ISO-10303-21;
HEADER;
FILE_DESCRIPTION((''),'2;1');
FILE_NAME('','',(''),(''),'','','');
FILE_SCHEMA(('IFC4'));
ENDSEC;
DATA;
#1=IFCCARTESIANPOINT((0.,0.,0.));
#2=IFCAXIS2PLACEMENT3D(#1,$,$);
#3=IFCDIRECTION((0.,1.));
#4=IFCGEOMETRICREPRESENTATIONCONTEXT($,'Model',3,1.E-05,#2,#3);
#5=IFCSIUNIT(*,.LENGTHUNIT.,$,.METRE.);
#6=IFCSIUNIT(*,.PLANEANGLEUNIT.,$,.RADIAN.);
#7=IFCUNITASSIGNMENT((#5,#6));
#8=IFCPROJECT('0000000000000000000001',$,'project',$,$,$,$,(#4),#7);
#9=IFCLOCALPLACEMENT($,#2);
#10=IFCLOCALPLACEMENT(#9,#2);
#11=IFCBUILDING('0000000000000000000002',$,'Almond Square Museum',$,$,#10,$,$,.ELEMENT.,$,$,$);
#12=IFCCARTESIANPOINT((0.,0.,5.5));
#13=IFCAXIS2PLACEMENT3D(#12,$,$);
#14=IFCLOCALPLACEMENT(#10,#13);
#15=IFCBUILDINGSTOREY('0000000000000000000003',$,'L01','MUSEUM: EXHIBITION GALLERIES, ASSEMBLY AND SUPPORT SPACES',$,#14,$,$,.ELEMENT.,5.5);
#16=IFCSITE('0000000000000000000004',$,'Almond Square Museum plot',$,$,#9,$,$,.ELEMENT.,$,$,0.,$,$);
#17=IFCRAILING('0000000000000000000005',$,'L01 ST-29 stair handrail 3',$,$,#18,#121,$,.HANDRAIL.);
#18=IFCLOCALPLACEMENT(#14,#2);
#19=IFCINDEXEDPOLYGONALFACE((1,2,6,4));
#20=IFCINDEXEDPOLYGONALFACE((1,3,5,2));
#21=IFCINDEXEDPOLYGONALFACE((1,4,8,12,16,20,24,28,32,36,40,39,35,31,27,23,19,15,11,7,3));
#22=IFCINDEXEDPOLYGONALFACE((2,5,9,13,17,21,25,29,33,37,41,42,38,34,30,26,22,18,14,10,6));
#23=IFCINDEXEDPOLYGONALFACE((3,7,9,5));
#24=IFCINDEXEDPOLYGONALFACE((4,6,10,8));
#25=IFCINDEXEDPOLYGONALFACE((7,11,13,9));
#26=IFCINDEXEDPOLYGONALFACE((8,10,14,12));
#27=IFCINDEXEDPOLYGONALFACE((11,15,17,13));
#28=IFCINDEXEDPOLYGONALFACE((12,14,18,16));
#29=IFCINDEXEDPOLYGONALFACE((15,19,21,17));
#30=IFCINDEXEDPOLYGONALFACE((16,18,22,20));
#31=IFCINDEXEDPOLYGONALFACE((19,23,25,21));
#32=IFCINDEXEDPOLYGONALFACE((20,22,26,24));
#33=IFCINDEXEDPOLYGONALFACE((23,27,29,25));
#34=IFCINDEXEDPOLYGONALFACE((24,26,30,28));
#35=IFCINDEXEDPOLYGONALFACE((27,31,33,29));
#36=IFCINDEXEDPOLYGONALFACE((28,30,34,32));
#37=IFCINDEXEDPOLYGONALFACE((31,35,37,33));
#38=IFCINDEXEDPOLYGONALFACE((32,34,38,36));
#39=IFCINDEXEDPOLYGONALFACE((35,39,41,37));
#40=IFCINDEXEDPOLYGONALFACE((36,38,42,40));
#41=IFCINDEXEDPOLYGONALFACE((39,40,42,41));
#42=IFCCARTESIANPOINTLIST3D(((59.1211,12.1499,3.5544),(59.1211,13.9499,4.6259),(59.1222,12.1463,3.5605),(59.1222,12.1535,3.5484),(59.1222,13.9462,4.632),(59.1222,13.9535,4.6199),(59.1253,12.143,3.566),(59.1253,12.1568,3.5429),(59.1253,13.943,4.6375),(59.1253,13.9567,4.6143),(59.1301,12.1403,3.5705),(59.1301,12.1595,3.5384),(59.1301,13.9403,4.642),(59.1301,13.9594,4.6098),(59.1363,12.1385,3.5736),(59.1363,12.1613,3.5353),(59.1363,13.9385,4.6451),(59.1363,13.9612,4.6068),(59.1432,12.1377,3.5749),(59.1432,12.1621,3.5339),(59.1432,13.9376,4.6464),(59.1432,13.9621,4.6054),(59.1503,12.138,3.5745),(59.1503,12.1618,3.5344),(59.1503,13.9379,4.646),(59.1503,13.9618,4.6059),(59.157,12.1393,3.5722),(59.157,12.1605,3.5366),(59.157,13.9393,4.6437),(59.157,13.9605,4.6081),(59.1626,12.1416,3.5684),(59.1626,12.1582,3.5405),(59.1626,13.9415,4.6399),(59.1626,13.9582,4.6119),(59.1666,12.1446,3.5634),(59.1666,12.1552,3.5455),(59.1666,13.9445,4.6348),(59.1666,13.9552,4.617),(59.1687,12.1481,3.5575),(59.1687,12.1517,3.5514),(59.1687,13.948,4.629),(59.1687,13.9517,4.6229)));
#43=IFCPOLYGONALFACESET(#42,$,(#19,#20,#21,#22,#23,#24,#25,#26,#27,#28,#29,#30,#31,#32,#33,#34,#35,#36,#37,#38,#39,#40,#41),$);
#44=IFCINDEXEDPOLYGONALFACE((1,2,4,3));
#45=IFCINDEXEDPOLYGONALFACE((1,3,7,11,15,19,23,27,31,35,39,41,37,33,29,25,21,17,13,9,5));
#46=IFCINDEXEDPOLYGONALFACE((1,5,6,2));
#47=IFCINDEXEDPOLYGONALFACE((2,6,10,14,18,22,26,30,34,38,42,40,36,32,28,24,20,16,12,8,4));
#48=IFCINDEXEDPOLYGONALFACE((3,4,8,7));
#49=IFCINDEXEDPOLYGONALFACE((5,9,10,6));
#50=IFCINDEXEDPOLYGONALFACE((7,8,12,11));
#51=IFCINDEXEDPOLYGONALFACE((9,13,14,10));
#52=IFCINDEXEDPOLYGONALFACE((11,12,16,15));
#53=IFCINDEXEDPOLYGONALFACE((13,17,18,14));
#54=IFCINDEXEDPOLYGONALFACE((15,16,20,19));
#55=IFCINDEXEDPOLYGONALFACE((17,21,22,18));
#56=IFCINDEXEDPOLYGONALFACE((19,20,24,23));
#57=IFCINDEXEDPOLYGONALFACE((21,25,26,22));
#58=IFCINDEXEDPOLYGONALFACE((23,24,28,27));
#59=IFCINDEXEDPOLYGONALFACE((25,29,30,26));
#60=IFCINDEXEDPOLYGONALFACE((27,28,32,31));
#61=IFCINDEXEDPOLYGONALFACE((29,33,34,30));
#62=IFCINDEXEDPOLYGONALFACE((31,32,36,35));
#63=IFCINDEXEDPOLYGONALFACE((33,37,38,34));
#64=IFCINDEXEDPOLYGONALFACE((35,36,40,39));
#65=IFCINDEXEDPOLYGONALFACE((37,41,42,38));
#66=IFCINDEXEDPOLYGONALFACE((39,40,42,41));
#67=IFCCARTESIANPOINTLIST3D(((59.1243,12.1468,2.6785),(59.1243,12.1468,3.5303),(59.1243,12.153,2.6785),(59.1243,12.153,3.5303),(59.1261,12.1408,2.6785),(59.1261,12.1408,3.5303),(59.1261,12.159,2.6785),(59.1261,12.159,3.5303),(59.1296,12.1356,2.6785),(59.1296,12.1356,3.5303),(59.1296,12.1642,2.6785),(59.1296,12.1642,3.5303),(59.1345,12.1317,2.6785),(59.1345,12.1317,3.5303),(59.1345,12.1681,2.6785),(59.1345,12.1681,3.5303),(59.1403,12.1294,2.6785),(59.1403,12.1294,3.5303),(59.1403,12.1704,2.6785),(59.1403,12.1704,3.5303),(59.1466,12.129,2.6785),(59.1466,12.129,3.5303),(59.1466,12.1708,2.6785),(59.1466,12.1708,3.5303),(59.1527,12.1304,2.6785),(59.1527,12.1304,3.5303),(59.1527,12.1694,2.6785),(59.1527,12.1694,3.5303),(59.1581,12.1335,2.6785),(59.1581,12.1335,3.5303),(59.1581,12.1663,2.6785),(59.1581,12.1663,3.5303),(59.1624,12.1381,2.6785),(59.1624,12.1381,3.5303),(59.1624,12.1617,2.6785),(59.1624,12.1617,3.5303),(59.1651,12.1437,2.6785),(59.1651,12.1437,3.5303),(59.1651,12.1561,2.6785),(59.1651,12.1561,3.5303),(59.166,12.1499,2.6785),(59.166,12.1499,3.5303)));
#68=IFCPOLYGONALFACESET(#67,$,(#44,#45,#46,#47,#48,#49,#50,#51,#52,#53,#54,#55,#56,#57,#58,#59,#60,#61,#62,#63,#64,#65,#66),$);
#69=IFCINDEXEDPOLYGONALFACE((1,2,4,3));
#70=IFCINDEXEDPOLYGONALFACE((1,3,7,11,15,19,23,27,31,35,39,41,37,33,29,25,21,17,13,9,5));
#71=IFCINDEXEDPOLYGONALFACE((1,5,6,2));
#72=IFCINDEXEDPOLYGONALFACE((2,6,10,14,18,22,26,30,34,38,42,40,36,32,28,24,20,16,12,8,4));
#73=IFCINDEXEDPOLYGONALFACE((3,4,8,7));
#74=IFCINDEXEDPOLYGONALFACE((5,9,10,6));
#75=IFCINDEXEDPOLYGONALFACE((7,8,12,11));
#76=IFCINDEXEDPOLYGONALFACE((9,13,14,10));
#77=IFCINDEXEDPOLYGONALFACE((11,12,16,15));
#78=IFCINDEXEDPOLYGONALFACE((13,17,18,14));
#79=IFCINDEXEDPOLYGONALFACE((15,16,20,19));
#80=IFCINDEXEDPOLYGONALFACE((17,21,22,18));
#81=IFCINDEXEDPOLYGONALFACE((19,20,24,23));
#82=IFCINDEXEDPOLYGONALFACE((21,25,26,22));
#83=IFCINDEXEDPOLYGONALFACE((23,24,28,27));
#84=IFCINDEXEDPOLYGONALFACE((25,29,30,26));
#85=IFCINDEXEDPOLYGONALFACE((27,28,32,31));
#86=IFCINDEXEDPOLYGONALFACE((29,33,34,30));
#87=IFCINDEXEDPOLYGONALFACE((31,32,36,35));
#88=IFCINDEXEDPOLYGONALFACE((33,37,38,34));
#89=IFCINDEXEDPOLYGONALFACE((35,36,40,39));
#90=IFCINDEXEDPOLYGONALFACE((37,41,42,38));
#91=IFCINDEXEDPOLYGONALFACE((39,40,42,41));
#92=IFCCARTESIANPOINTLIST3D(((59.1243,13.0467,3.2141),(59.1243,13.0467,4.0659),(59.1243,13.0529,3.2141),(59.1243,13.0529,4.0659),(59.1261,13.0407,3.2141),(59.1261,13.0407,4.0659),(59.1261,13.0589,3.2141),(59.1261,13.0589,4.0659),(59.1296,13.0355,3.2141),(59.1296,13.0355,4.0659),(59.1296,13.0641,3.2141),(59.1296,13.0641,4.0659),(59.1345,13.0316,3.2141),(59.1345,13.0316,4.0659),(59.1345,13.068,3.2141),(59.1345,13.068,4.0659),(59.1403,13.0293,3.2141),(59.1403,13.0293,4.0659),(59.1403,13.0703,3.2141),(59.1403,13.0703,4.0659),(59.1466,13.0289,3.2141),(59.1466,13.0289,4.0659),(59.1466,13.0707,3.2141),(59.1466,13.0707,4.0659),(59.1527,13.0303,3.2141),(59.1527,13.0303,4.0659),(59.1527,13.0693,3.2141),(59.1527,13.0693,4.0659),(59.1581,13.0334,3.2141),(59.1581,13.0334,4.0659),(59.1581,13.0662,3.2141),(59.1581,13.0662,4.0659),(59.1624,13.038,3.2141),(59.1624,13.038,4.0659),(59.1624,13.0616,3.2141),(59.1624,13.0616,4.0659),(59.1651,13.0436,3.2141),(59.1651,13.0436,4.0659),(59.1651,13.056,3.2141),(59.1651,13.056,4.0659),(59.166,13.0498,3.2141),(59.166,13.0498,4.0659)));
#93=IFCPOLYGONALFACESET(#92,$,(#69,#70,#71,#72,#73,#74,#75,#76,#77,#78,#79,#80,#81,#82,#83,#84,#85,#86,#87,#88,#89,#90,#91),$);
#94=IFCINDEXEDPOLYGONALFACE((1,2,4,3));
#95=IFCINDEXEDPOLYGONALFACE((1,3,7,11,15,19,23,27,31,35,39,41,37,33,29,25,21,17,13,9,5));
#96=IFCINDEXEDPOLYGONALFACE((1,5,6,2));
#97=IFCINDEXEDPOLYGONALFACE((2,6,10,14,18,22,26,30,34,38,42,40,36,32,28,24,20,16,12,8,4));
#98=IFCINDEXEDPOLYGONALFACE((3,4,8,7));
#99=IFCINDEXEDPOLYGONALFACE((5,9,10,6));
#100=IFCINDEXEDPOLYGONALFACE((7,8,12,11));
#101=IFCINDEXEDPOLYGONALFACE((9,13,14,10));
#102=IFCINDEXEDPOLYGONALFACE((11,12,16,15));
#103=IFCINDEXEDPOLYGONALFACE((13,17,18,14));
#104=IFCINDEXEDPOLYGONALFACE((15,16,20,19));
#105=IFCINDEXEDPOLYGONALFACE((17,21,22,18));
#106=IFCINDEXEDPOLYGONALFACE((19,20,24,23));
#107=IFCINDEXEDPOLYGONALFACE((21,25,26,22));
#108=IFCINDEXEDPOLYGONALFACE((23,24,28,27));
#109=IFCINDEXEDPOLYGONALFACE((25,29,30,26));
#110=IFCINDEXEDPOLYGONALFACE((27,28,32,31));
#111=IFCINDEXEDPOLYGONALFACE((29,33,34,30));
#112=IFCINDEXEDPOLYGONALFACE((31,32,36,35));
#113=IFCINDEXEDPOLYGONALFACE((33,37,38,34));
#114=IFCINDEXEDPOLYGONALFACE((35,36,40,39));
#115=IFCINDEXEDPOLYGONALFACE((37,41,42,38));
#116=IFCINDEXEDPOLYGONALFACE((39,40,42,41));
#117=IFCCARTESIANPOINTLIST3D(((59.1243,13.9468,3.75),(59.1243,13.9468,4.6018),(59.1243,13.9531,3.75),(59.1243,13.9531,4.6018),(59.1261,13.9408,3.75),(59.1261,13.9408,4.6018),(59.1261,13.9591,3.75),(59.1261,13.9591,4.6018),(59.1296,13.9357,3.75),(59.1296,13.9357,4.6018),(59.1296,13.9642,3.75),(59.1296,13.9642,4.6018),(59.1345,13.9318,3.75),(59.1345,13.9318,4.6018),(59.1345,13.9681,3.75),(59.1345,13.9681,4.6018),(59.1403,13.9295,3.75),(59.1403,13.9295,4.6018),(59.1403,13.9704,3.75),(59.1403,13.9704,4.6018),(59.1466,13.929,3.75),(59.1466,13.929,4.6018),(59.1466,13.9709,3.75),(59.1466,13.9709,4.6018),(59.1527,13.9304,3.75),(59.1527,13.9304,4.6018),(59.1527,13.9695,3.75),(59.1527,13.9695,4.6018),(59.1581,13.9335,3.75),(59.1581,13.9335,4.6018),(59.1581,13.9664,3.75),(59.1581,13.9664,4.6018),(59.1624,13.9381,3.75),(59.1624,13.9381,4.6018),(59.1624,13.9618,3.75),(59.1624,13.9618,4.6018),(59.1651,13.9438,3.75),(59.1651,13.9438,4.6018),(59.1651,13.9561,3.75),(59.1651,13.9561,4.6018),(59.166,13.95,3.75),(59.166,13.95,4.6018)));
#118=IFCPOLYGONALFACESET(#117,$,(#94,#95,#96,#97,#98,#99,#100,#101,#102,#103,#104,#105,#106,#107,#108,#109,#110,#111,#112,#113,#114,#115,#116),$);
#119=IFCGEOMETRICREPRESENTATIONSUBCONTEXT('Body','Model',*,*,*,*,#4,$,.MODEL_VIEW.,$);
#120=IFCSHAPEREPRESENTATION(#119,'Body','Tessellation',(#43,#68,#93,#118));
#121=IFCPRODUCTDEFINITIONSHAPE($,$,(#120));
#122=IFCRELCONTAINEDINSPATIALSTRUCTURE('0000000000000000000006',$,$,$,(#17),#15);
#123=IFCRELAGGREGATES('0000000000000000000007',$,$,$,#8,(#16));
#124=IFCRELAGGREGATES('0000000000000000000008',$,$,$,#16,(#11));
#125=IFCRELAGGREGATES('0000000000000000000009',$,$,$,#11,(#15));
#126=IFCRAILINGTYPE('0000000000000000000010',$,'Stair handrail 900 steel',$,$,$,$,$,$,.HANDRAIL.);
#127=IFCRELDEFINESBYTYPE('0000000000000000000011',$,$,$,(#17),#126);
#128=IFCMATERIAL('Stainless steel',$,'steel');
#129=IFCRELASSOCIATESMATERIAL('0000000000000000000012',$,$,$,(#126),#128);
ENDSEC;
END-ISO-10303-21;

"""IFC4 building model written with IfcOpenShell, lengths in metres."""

from ifc_helpers import new_model, si_unit, direction, frame, origin, origin_2d, place, context, subcontext, project, spatial, circle, extrude, material, type_object, element, save


model = new_model("IFC4")

# Units and contexts
model_context = context("Model", 3, precision=1e-05, world=origin(), true_north=direction((0.0, 1.0)))
body_context = subcontext(model_context, "Body", "Model", "MODEL_VIEW")
ifc_project = project(units=[si_unit("LENGTHUNIT", "METRE"), si_unit("PLANEANGLEUNIT", "RADIAN")], contexts=[model_context])

# Site, building, storey
site_placement = place(None, origin())
site = spatial("IfcSite", under=ifc_project, at=site_placement, Name="Almond Square Museum plot", CompositionType="ELEMENT", RefElevation=0.0)
building_placement = place(site_placement, origin())
building = spatial("IfcBuilding", under=site, at=building_placement, Name="Almond Square Museum", CompositionType="ELEMENT")
storey_placement = place(building_placement, frame((0.0, 0.0, 5.5)))
storey = spatial("IfcBuildingStorey", under=building, at=storey_placement, Name="L01", Description="MUSEUM: EXHIBITION GALLERIES, ASSEMBLY AND SUPPORT SPACES", CompositionType="ELEMENT", Elevation=5.5)

# Railing
ifc_material_1 = material(Name="Stainless steel", Category="steel")
railing_type_1 = type_object("IfcRailingType", Name="Stair handrail 900 steel", PredefinedType="HANDRAIL", material=ifc_material_1)
railing_1_placement = place(storey_placement, frame((59.145, 12.1499, 2.6785)))
element("IfcRailing", 1, at=railing_1_placement, inside=storey, type_object=railing_type_1, Name="L01 ST-29 stair handrail 3", PredefinedType="HANDRAIL", context=body_context, shape_type="SweptSolid", body=[
    extrude(circle(Radius=0.0239, at=origin_2d()), frame((0.0, 0.0, 0.876), z_axis=(0.0, 0.859277, 0.51151), x_axis=(-1.0, 0.0, 0.0)), (0.0, 0.0, 1.0), 2.0947),
    extrude(circle(Radius=0.021, at=origin_2d()), origin(), (0.0, 0.0, 1.0), 0.8518),
    extrude(circle(Radius=0.021, at=origin_2d()), frame((0.0, 0.8999, 0.5356)), (0.0, 0.0, 1.0), 0.8518),
    extrude(circle(Radius=0.021, at=origin_2d()), frame((0.0, 1.8, 1.0715)), (0.0, 0.0, 1.0), 0.8518),
])

save(model, "model.ifc")
